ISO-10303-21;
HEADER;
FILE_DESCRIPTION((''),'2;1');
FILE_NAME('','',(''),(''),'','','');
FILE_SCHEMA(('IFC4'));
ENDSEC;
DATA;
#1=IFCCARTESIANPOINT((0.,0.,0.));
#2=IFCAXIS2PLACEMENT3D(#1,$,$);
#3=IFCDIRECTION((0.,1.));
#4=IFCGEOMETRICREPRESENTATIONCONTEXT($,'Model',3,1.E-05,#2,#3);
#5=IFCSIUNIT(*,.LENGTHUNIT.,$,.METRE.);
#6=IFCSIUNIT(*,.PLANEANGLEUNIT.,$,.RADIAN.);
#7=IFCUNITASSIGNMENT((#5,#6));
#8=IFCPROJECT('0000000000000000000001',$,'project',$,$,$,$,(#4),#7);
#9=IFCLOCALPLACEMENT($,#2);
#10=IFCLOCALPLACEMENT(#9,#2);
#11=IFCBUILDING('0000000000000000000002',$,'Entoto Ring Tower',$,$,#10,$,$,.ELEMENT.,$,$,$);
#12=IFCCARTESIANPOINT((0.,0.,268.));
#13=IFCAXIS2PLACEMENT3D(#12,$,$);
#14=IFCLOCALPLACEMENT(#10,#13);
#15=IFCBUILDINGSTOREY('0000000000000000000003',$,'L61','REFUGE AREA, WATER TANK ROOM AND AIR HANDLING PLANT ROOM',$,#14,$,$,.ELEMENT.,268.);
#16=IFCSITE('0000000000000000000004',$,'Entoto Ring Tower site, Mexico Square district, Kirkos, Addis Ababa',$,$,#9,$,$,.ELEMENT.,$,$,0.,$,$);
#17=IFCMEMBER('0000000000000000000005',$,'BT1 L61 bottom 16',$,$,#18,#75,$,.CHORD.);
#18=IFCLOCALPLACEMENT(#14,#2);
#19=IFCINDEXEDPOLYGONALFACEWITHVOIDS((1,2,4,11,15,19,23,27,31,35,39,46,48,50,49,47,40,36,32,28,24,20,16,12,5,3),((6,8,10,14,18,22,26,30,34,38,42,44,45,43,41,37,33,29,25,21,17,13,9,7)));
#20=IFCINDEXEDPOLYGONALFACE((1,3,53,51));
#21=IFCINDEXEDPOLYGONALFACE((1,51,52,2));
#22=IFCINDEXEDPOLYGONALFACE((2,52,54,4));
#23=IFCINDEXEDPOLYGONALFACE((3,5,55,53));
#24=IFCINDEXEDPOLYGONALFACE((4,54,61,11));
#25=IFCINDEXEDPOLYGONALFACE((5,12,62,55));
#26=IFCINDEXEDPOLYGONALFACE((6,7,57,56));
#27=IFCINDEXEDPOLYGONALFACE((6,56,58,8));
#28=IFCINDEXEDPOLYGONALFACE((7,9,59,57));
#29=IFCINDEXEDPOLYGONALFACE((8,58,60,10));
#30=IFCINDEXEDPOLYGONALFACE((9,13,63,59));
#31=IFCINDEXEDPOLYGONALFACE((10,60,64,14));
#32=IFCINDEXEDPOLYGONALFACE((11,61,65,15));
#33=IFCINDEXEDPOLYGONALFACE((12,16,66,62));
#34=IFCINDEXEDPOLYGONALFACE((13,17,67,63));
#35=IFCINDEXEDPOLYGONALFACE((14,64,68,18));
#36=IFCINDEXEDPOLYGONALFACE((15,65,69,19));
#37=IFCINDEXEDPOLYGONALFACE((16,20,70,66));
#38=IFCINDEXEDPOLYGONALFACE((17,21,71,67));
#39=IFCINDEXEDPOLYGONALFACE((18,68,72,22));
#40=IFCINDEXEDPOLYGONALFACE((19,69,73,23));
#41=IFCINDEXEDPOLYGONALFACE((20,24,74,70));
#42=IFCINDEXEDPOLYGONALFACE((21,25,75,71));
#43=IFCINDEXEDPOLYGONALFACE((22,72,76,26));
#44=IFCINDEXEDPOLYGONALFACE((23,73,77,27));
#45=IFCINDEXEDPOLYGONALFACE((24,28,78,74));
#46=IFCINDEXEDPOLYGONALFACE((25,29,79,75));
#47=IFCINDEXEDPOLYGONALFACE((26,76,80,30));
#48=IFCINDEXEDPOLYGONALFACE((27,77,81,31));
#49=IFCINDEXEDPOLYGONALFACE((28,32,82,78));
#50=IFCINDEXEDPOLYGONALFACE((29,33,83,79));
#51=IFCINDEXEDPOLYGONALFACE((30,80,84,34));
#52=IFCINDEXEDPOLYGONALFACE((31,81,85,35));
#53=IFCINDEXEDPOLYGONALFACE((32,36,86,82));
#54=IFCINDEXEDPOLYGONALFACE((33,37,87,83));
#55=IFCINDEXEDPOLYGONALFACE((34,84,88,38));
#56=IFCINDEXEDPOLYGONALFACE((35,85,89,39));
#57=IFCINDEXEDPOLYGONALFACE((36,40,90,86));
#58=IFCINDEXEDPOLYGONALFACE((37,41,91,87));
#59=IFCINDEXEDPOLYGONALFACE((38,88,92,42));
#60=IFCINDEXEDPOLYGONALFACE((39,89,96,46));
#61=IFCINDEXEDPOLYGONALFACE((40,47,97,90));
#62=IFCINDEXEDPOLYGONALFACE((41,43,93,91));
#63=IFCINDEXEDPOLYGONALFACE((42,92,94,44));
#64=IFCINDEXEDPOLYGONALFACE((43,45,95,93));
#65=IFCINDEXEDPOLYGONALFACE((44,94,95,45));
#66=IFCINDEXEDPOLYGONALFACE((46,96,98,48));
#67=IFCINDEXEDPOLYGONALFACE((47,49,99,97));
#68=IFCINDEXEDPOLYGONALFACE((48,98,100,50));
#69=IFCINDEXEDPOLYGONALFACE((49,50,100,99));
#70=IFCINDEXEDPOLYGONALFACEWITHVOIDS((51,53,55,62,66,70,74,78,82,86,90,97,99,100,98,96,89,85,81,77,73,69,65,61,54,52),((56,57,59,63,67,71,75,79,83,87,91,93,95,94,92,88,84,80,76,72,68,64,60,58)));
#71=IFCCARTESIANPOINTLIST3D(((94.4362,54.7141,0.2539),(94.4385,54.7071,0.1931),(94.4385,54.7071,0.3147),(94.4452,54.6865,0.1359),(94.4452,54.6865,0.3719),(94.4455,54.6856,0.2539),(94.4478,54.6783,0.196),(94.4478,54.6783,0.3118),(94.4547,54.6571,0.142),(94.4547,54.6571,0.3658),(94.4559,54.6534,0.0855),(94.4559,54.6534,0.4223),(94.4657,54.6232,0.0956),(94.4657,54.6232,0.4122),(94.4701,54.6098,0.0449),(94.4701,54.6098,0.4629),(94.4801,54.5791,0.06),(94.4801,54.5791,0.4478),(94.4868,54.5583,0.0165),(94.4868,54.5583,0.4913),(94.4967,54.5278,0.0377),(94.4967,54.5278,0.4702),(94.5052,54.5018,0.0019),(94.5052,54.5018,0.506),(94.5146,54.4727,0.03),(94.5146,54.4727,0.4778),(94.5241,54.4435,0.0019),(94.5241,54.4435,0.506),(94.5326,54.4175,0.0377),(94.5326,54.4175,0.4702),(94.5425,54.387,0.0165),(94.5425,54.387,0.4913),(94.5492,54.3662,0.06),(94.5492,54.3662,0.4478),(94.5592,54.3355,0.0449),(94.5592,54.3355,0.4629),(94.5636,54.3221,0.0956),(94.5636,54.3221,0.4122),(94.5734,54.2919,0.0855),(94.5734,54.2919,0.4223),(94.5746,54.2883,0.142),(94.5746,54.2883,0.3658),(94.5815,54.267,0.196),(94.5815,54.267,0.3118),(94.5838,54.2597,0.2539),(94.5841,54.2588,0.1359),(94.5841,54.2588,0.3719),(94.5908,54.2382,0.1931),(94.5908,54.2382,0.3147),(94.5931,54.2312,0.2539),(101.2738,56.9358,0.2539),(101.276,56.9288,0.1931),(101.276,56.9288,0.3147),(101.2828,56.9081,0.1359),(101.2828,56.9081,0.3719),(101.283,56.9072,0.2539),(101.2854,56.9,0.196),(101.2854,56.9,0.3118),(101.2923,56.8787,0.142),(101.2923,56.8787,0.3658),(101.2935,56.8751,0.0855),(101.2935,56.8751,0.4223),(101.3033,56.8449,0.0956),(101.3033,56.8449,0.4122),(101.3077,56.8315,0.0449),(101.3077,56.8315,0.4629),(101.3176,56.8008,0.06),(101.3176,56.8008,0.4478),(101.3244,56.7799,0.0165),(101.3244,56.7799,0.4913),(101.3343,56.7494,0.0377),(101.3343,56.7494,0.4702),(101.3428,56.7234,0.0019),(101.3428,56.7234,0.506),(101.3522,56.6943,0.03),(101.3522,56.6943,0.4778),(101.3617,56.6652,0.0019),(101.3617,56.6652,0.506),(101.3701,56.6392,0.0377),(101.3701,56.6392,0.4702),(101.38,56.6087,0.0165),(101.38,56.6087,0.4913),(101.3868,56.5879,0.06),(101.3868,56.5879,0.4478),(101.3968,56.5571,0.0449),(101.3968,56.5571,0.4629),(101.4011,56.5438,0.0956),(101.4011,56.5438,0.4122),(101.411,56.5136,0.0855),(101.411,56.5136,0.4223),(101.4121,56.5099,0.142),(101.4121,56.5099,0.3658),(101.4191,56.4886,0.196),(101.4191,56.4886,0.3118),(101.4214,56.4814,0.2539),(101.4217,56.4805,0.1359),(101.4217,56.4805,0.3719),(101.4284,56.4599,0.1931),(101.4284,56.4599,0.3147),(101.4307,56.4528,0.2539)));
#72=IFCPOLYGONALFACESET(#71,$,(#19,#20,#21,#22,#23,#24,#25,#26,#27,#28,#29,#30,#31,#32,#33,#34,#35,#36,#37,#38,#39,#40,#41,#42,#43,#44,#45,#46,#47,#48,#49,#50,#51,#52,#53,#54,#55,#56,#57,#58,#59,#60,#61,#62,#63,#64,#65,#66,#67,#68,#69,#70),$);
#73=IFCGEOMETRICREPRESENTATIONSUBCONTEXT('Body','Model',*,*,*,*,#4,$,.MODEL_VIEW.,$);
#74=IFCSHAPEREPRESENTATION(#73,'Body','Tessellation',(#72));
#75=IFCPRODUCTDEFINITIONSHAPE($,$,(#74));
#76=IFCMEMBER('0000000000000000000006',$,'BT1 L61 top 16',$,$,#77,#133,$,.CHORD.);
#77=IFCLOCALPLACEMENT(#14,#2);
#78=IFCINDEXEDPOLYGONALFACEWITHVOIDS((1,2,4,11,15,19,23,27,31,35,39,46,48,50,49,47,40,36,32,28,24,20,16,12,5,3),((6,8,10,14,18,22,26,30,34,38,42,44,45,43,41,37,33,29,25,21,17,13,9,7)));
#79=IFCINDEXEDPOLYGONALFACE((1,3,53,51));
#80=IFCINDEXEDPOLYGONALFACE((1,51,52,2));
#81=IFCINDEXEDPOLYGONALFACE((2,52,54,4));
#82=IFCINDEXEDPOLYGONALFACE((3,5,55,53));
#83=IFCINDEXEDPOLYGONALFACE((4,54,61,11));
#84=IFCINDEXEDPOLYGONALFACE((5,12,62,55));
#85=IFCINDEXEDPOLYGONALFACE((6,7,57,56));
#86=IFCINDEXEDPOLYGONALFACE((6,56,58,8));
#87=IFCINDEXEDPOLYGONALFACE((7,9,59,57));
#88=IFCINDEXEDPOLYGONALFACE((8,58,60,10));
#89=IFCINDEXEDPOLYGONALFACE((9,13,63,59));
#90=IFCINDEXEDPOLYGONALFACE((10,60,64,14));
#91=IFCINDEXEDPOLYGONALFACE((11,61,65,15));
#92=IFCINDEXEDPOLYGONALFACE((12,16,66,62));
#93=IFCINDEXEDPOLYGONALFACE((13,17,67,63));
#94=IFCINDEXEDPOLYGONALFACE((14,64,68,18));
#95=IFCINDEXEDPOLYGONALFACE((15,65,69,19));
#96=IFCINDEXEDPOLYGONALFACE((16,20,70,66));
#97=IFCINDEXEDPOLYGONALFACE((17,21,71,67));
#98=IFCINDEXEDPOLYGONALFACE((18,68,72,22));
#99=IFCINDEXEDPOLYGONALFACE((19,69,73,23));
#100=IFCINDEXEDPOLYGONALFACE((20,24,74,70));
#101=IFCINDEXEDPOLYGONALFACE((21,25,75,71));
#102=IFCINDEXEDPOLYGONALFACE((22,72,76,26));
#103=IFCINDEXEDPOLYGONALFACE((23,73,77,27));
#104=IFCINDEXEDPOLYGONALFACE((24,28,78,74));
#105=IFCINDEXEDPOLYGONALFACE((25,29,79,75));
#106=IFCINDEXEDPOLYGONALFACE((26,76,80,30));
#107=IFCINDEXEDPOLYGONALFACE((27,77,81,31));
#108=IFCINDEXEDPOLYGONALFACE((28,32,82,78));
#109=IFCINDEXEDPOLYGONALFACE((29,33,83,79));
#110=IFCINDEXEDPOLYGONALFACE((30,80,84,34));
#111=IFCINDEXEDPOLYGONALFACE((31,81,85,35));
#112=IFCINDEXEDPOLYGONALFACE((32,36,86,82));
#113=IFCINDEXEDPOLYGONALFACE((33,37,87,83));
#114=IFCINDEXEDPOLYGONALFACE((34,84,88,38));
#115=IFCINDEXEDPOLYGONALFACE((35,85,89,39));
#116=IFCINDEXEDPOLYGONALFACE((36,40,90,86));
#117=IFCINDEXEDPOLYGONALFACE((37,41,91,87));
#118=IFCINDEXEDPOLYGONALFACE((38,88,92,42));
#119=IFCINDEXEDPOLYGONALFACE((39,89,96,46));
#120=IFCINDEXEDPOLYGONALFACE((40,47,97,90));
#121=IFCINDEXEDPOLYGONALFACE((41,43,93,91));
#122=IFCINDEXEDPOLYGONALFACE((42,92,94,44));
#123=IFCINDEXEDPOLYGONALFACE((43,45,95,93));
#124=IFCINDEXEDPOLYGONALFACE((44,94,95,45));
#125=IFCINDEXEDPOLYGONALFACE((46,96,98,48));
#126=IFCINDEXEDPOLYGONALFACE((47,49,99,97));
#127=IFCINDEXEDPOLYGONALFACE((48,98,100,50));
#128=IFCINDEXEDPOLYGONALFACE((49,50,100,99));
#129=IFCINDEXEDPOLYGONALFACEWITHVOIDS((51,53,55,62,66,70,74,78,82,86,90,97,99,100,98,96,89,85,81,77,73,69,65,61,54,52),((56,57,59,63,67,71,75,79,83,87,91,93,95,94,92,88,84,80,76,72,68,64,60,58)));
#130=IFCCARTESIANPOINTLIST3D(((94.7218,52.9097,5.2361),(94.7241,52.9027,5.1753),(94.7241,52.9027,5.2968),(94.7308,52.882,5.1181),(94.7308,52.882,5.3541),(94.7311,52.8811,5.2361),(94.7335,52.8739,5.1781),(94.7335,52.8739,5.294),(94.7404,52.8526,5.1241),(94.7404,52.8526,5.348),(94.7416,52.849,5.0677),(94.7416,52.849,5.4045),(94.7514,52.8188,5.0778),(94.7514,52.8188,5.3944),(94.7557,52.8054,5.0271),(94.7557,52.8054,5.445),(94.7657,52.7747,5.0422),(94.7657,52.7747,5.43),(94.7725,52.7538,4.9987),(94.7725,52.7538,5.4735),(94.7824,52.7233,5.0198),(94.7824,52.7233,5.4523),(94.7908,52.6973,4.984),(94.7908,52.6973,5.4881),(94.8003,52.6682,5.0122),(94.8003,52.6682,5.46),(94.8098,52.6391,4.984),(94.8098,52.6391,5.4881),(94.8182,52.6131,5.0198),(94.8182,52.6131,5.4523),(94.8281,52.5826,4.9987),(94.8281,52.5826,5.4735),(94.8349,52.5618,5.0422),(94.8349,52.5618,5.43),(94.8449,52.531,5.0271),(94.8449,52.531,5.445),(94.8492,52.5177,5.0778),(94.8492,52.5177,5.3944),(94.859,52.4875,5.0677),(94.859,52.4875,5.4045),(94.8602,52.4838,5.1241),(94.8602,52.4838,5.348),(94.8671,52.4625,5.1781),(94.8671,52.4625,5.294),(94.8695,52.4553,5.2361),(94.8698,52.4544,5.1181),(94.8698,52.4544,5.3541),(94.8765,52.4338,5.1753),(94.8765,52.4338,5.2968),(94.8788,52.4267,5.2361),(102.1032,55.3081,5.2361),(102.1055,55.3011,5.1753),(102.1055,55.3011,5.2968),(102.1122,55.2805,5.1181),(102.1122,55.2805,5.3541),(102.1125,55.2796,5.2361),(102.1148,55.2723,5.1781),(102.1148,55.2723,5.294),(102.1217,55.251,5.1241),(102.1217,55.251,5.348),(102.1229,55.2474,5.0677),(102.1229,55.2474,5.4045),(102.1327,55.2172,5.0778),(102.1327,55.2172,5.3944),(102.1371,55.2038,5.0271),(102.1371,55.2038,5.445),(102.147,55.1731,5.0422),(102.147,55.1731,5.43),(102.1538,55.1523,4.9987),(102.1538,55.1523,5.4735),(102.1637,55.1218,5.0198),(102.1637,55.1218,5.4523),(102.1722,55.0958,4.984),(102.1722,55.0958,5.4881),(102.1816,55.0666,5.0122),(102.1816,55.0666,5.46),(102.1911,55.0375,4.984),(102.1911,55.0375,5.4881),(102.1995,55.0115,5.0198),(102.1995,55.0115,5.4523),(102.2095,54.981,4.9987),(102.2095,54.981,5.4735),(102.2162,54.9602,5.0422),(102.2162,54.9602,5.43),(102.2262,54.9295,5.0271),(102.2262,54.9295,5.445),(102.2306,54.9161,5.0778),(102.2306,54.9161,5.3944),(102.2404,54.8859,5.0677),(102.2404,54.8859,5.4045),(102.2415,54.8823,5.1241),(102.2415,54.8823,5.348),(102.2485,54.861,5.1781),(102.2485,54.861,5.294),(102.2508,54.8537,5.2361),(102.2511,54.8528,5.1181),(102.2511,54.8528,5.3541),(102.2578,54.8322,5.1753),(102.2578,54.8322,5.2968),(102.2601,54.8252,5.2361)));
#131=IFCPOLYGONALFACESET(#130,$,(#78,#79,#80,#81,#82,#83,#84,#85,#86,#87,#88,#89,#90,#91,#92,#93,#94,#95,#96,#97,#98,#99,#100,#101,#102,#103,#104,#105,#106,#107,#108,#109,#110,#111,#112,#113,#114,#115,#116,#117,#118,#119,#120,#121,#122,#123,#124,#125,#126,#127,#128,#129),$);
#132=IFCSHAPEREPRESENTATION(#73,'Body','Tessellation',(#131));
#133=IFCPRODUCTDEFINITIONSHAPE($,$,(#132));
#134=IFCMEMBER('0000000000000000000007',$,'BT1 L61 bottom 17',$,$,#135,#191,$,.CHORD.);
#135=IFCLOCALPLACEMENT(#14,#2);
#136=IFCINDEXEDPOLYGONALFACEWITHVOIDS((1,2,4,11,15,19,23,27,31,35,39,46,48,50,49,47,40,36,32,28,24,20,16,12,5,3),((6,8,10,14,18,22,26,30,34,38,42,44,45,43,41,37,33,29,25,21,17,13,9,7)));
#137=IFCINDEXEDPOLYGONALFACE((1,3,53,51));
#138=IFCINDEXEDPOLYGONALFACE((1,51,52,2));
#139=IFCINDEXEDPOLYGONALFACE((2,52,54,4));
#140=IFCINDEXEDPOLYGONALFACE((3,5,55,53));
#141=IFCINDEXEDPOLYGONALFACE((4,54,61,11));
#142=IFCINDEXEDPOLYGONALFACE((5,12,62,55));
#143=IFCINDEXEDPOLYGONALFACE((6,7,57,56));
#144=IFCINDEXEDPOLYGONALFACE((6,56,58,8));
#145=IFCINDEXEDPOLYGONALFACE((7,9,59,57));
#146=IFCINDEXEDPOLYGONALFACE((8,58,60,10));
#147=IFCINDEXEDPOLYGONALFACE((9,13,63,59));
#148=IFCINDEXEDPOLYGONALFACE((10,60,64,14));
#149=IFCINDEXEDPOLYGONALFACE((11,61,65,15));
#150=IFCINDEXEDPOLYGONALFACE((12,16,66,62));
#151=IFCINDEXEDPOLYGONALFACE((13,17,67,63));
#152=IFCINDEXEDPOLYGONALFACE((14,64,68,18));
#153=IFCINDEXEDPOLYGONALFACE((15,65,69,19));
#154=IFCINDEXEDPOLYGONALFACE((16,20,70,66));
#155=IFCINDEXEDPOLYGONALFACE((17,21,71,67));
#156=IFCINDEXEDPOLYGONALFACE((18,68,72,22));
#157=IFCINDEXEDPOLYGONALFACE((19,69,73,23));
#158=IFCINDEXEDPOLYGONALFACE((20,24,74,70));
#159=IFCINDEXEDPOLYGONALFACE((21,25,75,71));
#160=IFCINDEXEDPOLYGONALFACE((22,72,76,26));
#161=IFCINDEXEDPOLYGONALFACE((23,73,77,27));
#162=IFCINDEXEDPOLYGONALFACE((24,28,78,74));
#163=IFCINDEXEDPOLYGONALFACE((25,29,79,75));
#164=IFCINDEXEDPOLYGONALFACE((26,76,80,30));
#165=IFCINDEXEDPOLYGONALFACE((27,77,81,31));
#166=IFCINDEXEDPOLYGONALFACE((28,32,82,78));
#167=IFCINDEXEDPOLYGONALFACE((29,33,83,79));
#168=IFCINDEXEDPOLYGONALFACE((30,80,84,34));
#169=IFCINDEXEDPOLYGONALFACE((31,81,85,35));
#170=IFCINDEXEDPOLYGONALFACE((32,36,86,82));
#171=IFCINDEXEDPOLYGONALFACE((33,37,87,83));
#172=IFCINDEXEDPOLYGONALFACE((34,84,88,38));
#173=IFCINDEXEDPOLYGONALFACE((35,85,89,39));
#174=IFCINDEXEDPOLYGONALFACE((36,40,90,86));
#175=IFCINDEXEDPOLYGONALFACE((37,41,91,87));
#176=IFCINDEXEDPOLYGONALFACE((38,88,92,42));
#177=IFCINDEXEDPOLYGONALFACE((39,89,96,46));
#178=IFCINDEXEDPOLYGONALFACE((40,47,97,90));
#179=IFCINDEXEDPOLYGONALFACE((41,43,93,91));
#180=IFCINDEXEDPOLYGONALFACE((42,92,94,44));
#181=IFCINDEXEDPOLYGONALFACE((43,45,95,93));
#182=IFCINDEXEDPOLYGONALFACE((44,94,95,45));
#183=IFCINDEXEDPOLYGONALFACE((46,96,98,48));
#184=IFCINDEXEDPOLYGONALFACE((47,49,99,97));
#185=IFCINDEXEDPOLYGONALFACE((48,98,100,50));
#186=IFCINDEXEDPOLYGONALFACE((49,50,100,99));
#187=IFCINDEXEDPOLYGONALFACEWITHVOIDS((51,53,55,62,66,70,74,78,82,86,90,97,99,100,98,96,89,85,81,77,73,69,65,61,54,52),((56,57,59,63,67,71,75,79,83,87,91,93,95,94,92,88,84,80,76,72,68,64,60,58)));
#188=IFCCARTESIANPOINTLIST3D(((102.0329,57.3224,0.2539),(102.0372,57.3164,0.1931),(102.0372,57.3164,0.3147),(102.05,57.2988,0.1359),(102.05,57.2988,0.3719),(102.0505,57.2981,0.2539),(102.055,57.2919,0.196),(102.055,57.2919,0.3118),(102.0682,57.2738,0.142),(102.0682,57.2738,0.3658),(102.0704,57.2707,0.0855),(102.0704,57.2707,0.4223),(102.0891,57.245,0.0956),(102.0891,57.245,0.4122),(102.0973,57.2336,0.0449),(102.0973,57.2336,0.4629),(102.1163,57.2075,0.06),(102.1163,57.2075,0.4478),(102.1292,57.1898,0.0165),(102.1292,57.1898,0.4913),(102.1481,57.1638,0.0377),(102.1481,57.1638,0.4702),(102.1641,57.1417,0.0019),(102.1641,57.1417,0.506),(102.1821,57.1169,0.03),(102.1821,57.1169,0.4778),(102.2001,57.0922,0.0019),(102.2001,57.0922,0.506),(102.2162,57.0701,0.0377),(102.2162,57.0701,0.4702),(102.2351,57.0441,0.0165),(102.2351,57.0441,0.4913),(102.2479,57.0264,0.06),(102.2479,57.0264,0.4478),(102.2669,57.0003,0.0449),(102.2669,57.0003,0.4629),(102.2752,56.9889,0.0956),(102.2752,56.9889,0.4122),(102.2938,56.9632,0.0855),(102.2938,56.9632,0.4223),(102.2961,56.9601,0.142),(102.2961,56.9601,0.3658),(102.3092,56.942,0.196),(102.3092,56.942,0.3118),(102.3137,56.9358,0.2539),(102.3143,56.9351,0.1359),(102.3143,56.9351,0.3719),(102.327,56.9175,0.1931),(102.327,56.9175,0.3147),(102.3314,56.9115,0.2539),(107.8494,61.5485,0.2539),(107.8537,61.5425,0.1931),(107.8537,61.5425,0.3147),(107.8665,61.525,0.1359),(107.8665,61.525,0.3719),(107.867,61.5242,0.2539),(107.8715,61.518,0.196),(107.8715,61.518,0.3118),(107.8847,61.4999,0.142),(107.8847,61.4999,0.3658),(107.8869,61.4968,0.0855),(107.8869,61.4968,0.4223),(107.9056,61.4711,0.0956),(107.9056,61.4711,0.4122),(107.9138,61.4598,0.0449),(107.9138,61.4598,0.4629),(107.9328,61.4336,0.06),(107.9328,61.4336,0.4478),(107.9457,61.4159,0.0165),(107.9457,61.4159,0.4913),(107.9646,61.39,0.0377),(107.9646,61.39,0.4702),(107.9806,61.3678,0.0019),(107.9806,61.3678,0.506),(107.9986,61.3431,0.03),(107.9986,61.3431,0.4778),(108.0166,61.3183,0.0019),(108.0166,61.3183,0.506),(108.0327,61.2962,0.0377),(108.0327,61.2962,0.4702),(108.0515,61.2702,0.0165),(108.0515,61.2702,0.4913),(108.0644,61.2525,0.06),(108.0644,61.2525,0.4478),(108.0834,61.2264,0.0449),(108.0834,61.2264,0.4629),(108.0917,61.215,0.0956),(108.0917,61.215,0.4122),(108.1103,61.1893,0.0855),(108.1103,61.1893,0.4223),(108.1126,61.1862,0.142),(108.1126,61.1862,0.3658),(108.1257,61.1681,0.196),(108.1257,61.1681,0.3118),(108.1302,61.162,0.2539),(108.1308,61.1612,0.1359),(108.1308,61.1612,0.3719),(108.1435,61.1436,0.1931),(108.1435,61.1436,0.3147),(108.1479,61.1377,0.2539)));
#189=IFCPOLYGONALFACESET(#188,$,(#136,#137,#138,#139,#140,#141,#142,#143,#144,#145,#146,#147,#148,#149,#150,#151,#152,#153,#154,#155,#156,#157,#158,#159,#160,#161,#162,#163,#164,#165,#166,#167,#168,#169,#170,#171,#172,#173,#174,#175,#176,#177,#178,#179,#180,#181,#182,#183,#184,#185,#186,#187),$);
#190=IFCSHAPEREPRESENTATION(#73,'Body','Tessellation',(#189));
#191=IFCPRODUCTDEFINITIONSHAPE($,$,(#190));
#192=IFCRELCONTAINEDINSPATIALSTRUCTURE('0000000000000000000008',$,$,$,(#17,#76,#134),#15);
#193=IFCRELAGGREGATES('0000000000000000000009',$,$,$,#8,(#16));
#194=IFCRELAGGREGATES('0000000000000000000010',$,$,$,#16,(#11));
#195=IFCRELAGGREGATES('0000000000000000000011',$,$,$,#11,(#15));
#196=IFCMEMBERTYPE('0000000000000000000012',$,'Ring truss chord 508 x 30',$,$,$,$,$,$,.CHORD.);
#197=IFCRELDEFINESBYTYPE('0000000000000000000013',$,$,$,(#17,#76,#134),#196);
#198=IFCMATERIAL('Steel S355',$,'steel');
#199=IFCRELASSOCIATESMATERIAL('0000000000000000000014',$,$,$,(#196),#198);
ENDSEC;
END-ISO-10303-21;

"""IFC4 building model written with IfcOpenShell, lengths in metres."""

from ifc_helpers import new_model, si_unit, direction, frame, origin, origin_2d, place, context, subcontext, project, spatial, circle, hollow_circle, extrude, material, material_profile, profile_set, type_object, element, save


model = new_model("IFC4")

# Units and contexts
model_context = context("Model", 3, precision=1e-05, world=origin(), true_north=direction((0.0, 1.0)))
body_context = subcontext(model_context, "Body", "Model", "MODEL_VIEW")
ifc_project = project(units=[si_unit("LENGTHUNIT", "METRE"), si_unit("PLANEANGLEUNIT", "RADIAN")], contexts=[model_context])

# Site, building, storey
site_placement = place(None, origin())
site = spatial("IfcSite", under=ifc_project, at=site_placement, Name="Entoto Ring Tower site, Mexico Square district, Kirkos, Addis Ababa", CompositionType="ELEMENT", RefElevation=0.0)
building_placement = place(site_placement, origin())
building = spatial("IfcBuilding", under=site, at=building_placement, Name="Entoto Ring Tower", CompositionType="ELEMENT")
storey_placement = place(building_placement, frame((0.0, 0.0, 268.0)))
storey = spatial("IfcBuildingStorey", under=building, at=storey_placement, Name="L61", Description="REFUGE AREA, WATER TANK ROOM AND AIR HANDLING PLANT ROOM", CompositionType="ELEMENT", Elevation=268.0)

# Members
ifc_material_1 = material(Name="Steel S355", Category="steel")
ifc_material_profile_1 = material_profile(ifc_material_1, hollow_circle(Radius=0.2539, WallThickness=0.03, at=origin_2d()), Name="CHS 508 x 30")
ifc_material_2 = material(Name="Concrete C60/75", Category="concrete")
ifc_material_profile_2 = material_profile(ifc_material_2, circle(Radius=0.2241, at=origin_2d()), Name="Concrete C60/75 infill")
ifc_profile_set_1 = profile_set([ifc_material_profile_1, ifc_material_profile_2], Name="Steel S355")
member_type_1 = type_object("IfcMemberType", Name="Ring truss chord 508 x 30", PredefinedType="CHORD", material=ifc_profile_set_1)
member_1_placement = place(storey_placement, frame((94.5146, 54.4727, 0.2539), z_axis=(0.951057, 0.309016, 0.0), x_axis=(-0.309016, 0.951057, 0.0)))
element("IfcMember", 1, at=member_1_placement, inside=storey, type_object=member_type_1, Name="BT1 L61 bottom 16", PredefinedType="CHORD", context=body_context, shape_type="SweptSolid", body=[
    extrude(hollow_circle(Radius=0.2539, WallThickness=0.03, at=origin_2d()), origin(), (0.0, 0.0, 1.0), 7.1895),
])
member_2_placement = place(storey_placement, frame((94.8003, 52.6682, 5.2361), z_axis=(0.951053, 0.309028, 0.0), x_axis=(-0.309028, 0.951053, 0.0)))
element("IfcMember", 2, at=member_2_placement, inside=storey, type_object=member_type_1, Name="BT1 L61 top 16", PredefinedType="CHORD", context=body_context, shape_type="SweptSolid", body=[
    extrude(hollow_circle(Radius=0.2539, WallThickness=0.03, at=origin_2d()), origin(), (0.0, 0.0, 1.0), 7.7612),
])
member_3_placement = place(storey_placement, frame((102.1821, 57.1169, 0.2539), z_axis=(0.809003, 0.587804, 0.0), x_axis=(-0.587804, 0.809003, 0.0)))
element("IfcMember", 3, at=member_3_placement, inside=storey, type_object=member_type_1, Name="BT1 L61 bottom 17", PredefinedType="CHORD", context=body_context, shape_type="SweptSolid", body=[
    extrude(hollow_circle(Radius=0.2539, WallThickness=0.03, at=origin_2d()), origin(), (0.0, 0.0, 1.0), 7.1897),
])

save(model, "model.ifc")
